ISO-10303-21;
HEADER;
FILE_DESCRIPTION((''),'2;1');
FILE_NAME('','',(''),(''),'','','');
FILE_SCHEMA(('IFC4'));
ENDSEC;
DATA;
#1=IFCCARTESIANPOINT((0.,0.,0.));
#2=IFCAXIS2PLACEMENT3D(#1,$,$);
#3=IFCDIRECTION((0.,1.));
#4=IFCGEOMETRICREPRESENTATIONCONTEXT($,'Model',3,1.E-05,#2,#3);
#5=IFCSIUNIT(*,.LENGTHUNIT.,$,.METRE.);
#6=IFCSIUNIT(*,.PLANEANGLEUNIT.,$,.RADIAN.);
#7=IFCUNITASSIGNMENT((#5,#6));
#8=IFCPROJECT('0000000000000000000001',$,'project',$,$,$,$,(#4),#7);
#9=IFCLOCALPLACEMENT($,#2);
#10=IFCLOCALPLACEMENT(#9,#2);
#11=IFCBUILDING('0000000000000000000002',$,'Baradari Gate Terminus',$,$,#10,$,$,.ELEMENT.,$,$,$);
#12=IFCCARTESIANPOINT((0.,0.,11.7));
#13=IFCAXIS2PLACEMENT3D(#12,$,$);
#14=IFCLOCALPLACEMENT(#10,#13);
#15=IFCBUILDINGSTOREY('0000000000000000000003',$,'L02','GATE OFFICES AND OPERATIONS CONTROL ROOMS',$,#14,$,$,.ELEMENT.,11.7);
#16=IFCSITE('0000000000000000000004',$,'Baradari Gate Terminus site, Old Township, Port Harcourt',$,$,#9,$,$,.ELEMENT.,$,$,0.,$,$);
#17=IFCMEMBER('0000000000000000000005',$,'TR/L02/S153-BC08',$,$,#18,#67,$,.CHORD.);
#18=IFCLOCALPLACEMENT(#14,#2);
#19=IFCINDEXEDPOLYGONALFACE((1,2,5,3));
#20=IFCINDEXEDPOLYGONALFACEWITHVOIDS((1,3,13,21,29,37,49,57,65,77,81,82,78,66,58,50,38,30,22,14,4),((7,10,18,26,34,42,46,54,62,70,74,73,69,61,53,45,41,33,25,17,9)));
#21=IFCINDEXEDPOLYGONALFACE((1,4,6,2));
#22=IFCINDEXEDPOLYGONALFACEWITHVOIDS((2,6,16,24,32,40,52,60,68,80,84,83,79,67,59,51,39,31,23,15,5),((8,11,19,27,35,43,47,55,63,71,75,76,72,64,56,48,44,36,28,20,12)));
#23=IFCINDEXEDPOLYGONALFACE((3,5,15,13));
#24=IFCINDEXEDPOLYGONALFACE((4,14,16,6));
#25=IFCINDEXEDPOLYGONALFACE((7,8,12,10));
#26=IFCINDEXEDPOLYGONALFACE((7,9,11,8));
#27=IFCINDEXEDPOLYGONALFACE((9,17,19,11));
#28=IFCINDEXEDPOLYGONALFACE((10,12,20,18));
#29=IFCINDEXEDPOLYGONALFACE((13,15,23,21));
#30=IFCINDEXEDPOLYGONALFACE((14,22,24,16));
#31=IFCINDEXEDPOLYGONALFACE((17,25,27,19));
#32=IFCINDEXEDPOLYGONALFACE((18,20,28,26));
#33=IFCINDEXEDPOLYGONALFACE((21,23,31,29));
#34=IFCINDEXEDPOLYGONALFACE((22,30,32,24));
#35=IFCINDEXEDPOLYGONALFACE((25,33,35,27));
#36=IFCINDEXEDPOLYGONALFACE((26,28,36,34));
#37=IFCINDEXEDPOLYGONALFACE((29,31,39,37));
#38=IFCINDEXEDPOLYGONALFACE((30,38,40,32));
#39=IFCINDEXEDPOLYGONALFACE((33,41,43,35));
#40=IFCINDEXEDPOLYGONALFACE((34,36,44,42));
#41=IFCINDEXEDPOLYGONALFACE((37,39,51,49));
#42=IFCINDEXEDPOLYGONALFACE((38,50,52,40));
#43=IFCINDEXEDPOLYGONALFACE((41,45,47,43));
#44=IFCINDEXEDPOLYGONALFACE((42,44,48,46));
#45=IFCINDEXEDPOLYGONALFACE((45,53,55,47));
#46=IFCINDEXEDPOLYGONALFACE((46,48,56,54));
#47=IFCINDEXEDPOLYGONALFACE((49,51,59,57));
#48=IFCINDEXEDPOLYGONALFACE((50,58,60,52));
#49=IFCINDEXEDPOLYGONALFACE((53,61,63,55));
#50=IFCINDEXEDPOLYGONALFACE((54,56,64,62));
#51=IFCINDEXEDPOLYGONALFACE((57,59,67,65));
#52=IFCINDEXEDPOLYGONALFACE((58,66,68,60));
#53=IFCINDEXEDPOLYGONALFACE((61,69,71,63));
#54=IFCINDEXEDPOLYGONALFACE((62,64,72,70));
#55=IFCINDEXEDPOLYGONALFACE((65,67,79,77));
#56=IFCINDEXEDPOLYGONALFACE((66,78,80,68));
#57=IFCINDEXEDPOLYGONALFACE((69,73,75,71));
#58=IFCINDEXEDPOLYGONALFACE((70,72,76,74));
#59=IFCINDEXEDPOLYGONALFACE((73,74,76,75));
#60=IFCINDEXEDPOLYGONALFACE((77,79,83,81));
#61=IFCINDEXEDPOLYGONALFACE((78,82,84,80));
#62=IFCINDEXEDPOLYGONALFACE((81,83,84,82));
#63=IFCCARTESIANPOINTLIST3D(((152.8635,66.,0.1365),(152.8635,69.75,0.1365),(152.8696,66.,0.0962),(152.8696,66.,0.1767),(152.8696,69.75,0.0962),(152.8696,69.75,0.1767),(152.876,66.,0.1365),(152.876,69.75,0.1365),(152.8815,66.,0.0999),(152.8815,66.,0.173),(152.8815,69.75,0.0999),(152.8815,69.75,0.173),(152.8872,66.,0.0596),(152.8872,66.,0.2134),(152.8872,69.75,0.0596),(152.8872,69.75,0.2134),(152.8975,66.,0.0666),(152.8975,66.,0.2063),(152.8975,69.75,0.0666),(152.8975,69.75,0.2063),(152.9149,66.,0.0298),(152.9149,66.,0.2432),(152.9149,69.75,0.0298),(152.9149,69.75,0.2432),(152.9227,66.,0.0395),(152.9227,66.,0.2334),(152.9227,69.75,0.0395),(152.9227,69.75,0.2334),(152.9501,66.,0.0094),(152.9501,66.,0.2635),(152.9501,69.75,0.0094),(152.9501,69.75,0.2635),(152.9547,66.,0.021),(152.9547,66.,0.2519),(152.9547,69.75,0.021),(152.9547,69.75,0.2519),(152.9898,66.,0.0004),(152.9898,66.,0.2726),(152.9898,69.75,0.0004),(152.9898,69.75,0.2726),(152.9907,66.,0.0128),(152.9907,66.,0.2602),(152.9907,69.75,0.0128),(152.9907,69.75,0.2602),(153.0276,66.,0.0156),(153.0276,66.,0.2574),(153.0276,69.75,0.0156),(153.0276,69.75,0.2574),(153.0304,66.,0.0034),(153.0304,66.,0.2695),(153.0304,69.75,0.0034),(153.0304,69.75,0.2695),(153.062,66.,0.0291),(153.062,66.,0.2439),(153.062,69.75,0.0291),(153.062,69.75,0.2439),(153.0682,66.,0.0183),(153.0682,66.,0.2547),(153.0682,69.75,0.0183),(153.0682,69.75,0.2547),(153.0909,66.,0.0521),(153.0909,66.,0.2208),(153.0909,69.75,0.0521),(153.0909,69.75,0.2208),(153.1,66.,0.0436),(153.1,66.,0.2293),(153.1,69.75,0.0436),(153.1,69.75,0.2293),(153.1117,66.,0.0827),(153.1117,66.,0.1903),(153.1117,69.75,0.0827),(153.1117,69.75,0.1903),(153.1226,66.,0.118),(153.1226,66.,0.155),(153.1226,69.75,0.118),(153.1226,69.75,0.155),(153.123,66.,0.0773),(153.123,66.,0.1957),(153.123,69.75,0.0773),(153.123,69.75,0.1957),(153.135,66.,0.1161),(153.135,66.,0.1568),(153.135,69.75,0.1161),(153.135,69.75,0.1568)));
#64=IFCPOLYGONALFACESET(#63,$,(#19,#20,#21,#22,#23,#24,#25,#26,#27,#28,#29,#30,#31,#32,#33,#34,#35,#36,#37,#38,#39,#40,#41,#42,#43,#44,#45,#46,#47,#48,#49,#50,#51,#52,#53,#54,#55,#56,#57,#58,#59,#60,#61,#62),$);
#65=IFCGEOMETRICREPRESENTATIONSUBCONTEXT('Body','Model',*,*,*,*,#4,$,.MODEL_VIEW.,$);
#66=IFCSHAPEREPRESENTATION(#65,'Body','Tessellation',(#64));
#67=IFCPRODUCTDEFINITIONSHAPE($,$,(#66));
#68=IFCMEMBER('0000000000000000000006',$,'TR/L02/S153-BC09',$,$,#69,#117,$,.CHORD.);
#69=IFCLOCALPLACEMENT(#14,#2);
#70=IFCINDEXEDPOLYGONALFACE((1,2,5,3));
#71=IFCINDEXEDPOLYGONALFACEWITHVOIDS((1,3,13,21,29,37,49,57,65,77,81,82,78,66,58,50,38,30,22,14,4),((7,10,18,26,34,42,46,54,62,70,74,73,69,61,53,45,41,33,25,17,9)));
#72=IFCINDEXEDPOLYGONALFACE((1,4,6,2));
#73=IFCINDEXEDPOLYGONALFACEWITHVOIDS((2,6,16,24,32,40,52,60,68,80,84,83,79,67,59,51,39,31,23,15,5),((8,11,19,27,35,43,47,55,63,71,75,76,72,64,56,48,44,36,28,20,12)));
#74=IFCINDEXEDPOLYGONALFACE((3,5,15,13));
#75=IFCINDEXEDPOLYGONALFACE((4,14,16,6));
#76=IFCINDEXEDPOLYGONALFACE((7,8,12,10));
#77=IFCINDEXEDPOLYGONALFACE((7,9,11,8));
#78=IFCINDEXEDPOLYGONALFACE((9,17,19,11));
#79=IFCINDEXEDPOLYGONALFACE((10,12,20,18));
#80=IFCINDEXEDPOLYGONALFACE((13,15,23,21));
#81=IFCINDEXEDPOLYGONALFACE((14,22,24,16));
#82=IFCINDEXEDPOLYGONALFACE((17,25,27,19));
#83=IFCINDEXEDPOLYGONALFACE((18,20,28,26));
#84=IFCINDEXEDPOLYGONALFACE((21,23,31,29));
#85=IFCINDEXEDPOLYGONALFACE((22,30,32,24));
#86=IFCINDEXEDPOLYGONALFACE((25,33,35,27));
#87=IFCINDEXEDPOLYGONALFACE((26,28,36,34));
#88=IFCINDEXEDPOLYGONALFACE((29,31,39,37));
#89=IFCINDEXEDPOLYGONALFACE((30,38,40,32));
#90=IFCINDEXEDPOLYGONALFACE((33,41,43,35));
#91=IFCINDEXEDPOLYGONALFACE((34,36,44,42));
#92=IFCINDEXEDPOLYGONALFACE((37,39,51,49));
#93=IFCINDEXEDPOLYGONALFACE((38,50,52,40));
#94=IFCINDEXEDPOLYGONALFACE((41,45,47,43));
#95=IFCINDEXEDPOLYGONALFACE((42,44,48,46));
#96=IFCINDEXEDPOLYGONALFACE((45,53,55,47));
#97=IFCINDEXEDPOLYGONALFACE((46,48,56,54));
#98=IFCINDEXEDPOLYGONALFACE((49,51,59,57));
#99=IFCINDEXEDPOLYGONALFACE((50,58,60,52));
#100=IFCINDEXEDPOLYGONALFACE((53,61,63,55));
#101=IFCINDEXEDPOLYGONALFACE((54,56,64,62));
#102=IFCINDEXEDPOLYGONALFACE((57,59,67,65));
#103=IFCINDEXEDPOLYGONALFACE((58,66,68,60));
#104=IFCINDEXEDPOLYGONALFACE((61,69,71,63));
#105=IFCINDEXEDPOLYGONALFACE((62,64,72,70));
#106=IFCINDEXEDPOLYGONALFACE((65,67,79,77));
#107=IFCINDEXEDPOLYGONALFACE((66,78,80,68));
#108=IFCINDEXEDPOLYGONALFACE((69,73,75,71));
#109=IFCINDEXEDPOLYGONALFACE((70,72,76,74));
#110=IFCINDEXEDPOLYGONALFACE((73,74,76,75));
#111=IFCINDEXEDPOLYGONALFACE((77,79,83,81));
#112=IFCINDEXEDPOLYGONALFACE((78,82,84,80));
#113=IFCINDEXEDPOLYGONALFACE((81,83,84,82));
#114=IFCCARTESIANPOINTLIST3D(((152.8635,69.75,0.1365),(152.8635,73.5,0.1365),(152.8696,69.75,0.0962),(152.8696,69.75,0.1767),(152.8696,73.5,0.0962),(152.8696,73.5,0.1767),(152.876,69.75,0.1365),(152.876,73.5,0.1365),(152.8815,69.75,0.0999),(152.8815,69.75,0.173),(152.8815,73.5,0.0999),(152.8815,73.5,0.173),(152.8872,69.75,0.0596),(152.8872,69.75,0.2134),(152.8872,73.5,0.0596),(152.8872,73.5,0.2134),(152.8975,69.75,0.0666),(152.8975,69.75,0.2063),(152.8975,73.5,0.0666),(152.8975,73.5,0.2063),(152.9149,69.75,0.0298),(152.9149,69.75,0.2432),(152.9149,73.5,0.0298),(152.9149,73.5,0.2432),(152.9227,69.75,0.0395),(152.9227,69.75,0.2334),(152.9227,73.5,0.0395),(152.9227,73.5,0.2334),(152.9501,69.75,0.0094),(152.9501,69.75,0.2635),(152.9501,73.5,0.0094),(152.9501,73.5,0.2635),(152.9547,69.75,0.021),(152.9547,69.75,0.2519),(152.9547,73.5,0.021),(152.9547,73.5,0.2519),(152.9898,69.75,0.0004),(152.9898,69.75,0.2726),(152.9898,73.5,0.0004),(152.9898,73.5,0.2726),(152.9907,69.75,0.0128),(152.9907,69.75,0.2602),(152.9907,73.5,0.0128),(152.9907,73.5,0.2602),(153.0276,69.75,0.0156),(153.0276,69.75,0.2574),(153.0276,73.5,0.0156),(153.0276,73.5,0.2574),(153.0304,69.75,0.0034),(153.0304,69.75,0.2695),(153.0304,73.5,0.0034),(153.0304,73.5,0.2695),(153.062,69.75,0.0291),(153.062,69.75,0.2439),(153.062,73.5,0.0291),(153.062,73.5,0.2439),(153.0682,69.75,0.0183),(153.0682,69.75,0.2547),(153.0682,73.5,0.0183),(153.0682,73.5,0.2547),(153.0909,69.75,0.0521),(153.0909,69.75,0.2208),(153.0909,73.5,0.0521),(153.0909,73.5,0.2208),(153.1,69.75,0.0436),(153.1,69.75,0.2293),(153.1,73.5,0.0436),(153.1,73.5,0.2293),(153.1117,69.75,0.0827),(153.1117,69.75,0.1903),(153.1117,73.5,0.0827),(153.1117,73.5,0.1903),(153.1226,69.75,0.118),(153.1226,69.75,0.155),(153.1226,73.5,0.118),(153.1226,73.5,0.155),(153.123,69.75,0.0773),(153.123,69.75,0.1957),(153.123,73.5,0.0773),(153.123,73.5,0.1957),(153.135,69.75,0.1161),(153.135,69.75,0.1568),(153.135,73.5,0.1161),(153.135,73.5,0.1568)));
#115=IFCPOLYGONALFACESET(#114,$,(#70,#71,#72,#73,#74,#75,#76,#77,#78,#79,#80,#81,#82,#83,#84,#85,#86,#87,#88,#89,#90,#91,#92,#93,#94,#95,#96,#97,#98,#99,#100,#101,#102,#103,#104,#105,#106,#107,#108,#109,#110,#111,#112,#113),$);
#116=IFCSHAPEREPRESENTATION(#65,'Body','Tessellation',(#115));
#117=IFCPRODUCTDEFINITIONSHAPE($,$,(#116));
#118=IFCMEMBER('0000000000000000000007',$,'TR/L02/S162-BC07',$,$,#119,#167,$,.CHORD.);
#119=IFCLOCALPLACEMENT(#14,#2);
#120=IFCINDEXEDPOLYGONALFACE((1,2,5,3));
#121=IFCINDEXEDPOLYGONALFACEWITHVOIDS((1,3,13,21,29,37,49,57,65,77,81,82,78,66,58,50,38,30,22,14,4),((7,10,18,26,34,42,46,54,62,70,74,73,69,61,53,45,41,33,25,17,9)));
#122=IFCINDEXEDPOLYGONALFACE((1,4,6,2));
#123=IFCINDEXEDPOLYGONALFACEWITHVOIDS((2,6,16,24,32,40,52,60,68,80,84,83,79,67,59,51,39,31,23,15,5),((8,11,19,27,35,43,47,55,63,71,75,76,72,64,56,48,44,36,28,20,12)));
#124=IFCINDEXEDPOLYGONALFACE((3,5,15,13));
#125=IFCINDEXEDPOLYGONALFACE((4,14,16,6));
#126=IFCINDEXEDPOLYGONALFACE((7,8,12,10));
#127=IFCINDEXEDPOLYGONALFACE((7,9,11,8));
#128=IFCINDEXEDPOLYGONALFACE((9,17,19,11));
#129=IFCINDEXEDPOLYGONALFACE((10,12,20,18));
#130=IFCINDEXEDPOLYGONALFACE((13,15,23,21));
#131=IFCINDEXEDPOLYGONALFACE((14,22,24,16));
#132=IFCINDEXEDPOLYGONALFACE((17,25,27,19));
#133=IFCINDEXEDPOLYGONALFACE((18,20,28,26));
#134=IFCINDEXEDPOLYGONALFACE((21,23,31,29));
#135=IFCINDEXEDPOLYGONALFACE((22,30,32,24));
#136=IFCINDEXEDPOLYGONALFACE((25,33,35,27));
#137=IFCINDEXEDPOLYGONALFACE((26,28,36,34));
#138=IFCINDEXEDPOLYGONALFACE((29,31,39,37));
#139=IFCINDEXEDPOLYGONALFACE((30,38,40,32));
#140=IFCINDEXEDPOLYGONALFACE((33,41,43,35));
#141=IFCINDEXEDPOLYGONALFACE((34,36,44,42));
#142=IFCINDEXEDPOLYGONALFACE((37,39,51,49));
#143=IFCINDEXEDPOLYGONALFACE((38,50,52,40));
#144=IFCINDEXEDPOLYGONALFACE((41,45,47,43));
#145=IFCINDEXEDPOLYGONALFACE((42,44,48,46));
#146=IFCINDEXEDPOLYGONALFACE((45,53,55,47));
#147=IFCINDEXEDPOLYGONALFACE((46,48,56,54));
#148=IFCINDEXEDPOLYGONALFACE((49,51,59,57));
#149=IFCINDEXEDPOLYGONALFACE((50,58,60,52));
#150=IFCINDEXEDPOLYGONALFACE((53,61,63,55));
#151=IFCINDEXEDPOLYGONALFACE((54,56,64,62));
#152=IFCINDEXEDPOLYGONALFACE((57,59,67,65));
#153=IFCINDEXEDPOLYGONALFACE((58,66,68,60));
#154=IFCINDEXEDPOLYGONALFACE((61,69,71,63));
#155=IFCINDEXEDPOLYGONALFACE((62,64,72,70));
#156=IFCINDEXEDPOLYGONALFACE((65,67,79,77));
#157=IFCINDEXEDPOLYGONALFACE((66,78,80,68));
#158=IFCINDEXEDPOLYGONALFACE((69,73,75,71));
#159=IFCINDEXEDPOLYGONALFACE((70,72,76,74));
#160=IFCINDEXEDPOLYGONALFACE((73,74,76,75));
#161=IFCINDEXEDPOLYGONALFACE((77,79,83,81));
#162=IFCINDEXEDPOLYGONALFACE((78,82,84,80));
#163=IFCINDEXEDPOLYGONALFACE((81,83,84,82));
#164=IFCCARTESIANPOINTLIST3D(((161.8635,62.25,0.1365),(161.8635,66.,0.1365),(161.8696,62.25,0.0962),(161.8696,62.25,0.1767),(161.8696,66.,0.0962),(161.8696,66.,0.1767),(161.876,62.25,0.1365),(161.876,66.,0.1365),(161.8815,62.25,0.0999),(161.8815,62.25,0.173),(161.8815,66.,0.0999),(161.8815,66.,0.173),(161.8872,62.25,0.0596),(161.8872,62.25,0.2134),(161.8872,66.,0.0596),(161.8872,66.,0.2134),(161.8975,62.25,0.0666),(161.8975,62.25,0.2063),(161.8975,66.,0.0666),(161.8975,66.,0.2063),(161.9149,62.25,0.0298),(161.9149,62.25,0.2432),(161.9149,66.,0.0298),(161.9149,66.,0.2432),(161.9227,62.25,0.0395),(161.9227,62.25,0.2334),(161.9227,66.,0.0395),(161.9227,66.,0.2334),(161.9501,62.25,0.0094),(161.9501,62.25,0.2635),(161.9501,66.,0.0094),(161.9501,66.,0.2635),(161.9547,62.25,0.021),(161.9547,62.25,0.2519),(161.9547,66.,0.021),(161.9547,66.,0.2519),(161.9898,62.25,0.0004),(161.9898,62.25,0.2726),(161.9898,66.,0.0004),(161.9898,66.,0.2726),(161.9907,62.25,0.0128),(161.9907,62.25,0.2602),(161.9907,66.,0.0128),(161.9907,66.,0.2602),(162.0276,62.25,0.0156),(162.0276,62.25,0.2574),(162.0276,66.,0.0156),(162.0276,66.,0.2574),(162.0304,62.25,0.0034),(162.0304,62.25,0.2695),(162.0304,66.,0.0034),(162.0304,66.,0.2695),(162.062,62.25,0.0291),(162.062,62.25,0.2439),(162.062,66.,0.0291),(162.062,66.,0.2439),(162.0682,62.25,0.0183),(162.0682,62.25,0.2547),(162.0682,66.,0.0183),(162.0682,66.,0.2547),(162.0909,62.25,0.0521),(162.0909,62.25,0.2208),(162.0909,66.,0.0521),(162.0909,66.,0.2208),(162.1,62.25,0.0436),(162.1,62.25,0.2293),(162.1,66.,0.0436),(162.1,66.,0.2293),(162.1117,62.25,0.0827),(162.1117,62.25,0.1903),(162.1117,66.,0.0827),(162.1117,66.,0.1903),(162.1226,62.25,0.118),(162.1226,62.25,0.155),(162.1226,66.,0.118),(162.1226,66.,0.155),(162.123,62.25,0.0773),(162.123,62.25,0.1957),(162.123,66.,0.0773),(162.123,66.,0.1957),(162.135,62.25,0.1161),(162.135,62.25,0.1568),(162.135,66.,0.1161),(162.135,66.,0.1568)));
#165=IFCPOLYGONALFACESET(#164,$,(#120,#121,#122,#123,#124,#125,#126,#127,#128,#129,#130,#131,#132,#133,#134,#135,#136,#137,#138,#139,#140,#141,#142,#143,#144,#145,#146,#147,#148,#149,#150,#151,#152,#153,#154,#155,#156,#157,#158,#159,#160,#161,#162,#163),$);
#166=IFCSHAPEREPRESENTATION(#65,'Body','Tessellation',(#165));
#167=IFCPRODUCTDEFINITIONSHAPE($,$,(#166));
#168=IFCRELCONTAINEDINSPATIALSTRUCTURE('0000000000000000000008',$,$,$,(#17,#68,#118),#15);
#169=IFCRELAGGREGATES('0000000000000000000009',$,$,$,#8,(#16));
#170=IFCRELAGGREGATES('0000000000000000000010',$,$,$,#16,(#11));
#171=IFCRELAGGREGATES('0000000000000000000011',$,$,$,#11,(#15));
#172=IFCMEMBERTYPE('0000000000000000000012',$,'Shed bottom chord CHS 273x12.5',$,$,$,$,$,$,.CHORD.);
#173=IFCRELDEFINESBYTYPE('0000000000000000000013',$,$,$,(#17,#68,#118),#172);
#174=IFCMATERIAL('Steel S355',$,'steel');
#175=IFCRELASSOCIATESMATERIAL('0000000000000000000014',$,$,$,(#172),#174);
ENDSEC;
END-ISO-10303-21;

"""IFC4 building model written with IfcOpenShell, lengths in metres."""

from ifc_helpers import new_model, si_unit, direction, frame, origin, origin_2d, place, context, subcontext, project, spatial, hollow_circle, extrude, material, material_profile, profile_set, type_object, element, save


model = new_model("IFC4")

# Units and contexts
model_context = context("Model", 3, precision=1e-05, world=origin(), true_north=direction((0.0, 1.0)))
body_context = subcontext(model_context, "Body", "Model", "MODEL_VIEW")
ifc_project = project(units=[si_unit("LENGTHUNIT", "METRE"), si_unit("PLANEANGLEUNIT", "RADIAN")], contexts=[model_context])

# Site, building, storey
site_placement = place(None, origin())
site = spatial("IfcSite", under=ifc_project, at=site_placement, Name="Baradari Gate Terminus site, Old Township, Port Harcourt", CompositionType="ELEMENT", RefElevation=0.0)
building_placement = place(site_placement, origin())
building = spatial("IfcBuilding", under=site, at=building_placement, Name="Baradari Gate Terminus", CompositionType="ELEMENT")
storey_placement = place(building_placement, frame((0.0, 0.0, 11.7)))
storey = spatial("IfcBuildingStorey", under=building, at=storey_placement, Name="L02", Description="GATE OFFICES AND OPERATIONS CONTROL ROOMS", CompositionType="ELEMENT", Elevation=11.7)

# Members
ifc_material_1 = material(Name="Steel S355", Category="steel")
ifc_material_profile_1 = material_profile(ifc_material_1, hollow_circle(Radius=0.1365, WallThickness=0.0125, at=origin_2d()), Name="CHS 273x12.5")
ifc_profile_set_1 = profile_set([ifc_material_profile_1], Name="Steel S355")
member_type_1 = type_object("IfcMemberType", Name="Shed bottom chord CHS 273x12.5", PredefinedType="CHORD", material=ifc_profile_set_1)
for number, where, z_axis, x_axis, name in (
    (1, (153.0, 66.0, 0.1365), (0.0, 1.0, 0.0), (-1.0, 0.0, 0.0), "TR/L02/S153-BC08"),
    (2, (153.0, 69.75, 0.1365), (0.0, 1.0, 0.0), (-1.0, 0.0, 0.0), "TR/L02/S153-BC09"),
    (3, (162.0, 62.25, 0.1365), (0.0, 1.0, 0.0), (-1.0, 0.0, 0.0), "TR/L02/S162-BC07"),
):
    element("IfcMember", number, at=place(storey_placement, frame(where, z_axis=z_axis, x_axis=x_axis)), inside=storey, type_object=member_type_1, Name=name, PredefinedType="CHORD", context=body_context, shape_type="SweptSolid", body=[
        extrude(hollow_circle(Radius=0.1365, WallThickness=0.0125, at=origin_2d()), origin(), (0.0, 0.0, 1.0), 3.75),
    ])

save(model, "model.ifc")
